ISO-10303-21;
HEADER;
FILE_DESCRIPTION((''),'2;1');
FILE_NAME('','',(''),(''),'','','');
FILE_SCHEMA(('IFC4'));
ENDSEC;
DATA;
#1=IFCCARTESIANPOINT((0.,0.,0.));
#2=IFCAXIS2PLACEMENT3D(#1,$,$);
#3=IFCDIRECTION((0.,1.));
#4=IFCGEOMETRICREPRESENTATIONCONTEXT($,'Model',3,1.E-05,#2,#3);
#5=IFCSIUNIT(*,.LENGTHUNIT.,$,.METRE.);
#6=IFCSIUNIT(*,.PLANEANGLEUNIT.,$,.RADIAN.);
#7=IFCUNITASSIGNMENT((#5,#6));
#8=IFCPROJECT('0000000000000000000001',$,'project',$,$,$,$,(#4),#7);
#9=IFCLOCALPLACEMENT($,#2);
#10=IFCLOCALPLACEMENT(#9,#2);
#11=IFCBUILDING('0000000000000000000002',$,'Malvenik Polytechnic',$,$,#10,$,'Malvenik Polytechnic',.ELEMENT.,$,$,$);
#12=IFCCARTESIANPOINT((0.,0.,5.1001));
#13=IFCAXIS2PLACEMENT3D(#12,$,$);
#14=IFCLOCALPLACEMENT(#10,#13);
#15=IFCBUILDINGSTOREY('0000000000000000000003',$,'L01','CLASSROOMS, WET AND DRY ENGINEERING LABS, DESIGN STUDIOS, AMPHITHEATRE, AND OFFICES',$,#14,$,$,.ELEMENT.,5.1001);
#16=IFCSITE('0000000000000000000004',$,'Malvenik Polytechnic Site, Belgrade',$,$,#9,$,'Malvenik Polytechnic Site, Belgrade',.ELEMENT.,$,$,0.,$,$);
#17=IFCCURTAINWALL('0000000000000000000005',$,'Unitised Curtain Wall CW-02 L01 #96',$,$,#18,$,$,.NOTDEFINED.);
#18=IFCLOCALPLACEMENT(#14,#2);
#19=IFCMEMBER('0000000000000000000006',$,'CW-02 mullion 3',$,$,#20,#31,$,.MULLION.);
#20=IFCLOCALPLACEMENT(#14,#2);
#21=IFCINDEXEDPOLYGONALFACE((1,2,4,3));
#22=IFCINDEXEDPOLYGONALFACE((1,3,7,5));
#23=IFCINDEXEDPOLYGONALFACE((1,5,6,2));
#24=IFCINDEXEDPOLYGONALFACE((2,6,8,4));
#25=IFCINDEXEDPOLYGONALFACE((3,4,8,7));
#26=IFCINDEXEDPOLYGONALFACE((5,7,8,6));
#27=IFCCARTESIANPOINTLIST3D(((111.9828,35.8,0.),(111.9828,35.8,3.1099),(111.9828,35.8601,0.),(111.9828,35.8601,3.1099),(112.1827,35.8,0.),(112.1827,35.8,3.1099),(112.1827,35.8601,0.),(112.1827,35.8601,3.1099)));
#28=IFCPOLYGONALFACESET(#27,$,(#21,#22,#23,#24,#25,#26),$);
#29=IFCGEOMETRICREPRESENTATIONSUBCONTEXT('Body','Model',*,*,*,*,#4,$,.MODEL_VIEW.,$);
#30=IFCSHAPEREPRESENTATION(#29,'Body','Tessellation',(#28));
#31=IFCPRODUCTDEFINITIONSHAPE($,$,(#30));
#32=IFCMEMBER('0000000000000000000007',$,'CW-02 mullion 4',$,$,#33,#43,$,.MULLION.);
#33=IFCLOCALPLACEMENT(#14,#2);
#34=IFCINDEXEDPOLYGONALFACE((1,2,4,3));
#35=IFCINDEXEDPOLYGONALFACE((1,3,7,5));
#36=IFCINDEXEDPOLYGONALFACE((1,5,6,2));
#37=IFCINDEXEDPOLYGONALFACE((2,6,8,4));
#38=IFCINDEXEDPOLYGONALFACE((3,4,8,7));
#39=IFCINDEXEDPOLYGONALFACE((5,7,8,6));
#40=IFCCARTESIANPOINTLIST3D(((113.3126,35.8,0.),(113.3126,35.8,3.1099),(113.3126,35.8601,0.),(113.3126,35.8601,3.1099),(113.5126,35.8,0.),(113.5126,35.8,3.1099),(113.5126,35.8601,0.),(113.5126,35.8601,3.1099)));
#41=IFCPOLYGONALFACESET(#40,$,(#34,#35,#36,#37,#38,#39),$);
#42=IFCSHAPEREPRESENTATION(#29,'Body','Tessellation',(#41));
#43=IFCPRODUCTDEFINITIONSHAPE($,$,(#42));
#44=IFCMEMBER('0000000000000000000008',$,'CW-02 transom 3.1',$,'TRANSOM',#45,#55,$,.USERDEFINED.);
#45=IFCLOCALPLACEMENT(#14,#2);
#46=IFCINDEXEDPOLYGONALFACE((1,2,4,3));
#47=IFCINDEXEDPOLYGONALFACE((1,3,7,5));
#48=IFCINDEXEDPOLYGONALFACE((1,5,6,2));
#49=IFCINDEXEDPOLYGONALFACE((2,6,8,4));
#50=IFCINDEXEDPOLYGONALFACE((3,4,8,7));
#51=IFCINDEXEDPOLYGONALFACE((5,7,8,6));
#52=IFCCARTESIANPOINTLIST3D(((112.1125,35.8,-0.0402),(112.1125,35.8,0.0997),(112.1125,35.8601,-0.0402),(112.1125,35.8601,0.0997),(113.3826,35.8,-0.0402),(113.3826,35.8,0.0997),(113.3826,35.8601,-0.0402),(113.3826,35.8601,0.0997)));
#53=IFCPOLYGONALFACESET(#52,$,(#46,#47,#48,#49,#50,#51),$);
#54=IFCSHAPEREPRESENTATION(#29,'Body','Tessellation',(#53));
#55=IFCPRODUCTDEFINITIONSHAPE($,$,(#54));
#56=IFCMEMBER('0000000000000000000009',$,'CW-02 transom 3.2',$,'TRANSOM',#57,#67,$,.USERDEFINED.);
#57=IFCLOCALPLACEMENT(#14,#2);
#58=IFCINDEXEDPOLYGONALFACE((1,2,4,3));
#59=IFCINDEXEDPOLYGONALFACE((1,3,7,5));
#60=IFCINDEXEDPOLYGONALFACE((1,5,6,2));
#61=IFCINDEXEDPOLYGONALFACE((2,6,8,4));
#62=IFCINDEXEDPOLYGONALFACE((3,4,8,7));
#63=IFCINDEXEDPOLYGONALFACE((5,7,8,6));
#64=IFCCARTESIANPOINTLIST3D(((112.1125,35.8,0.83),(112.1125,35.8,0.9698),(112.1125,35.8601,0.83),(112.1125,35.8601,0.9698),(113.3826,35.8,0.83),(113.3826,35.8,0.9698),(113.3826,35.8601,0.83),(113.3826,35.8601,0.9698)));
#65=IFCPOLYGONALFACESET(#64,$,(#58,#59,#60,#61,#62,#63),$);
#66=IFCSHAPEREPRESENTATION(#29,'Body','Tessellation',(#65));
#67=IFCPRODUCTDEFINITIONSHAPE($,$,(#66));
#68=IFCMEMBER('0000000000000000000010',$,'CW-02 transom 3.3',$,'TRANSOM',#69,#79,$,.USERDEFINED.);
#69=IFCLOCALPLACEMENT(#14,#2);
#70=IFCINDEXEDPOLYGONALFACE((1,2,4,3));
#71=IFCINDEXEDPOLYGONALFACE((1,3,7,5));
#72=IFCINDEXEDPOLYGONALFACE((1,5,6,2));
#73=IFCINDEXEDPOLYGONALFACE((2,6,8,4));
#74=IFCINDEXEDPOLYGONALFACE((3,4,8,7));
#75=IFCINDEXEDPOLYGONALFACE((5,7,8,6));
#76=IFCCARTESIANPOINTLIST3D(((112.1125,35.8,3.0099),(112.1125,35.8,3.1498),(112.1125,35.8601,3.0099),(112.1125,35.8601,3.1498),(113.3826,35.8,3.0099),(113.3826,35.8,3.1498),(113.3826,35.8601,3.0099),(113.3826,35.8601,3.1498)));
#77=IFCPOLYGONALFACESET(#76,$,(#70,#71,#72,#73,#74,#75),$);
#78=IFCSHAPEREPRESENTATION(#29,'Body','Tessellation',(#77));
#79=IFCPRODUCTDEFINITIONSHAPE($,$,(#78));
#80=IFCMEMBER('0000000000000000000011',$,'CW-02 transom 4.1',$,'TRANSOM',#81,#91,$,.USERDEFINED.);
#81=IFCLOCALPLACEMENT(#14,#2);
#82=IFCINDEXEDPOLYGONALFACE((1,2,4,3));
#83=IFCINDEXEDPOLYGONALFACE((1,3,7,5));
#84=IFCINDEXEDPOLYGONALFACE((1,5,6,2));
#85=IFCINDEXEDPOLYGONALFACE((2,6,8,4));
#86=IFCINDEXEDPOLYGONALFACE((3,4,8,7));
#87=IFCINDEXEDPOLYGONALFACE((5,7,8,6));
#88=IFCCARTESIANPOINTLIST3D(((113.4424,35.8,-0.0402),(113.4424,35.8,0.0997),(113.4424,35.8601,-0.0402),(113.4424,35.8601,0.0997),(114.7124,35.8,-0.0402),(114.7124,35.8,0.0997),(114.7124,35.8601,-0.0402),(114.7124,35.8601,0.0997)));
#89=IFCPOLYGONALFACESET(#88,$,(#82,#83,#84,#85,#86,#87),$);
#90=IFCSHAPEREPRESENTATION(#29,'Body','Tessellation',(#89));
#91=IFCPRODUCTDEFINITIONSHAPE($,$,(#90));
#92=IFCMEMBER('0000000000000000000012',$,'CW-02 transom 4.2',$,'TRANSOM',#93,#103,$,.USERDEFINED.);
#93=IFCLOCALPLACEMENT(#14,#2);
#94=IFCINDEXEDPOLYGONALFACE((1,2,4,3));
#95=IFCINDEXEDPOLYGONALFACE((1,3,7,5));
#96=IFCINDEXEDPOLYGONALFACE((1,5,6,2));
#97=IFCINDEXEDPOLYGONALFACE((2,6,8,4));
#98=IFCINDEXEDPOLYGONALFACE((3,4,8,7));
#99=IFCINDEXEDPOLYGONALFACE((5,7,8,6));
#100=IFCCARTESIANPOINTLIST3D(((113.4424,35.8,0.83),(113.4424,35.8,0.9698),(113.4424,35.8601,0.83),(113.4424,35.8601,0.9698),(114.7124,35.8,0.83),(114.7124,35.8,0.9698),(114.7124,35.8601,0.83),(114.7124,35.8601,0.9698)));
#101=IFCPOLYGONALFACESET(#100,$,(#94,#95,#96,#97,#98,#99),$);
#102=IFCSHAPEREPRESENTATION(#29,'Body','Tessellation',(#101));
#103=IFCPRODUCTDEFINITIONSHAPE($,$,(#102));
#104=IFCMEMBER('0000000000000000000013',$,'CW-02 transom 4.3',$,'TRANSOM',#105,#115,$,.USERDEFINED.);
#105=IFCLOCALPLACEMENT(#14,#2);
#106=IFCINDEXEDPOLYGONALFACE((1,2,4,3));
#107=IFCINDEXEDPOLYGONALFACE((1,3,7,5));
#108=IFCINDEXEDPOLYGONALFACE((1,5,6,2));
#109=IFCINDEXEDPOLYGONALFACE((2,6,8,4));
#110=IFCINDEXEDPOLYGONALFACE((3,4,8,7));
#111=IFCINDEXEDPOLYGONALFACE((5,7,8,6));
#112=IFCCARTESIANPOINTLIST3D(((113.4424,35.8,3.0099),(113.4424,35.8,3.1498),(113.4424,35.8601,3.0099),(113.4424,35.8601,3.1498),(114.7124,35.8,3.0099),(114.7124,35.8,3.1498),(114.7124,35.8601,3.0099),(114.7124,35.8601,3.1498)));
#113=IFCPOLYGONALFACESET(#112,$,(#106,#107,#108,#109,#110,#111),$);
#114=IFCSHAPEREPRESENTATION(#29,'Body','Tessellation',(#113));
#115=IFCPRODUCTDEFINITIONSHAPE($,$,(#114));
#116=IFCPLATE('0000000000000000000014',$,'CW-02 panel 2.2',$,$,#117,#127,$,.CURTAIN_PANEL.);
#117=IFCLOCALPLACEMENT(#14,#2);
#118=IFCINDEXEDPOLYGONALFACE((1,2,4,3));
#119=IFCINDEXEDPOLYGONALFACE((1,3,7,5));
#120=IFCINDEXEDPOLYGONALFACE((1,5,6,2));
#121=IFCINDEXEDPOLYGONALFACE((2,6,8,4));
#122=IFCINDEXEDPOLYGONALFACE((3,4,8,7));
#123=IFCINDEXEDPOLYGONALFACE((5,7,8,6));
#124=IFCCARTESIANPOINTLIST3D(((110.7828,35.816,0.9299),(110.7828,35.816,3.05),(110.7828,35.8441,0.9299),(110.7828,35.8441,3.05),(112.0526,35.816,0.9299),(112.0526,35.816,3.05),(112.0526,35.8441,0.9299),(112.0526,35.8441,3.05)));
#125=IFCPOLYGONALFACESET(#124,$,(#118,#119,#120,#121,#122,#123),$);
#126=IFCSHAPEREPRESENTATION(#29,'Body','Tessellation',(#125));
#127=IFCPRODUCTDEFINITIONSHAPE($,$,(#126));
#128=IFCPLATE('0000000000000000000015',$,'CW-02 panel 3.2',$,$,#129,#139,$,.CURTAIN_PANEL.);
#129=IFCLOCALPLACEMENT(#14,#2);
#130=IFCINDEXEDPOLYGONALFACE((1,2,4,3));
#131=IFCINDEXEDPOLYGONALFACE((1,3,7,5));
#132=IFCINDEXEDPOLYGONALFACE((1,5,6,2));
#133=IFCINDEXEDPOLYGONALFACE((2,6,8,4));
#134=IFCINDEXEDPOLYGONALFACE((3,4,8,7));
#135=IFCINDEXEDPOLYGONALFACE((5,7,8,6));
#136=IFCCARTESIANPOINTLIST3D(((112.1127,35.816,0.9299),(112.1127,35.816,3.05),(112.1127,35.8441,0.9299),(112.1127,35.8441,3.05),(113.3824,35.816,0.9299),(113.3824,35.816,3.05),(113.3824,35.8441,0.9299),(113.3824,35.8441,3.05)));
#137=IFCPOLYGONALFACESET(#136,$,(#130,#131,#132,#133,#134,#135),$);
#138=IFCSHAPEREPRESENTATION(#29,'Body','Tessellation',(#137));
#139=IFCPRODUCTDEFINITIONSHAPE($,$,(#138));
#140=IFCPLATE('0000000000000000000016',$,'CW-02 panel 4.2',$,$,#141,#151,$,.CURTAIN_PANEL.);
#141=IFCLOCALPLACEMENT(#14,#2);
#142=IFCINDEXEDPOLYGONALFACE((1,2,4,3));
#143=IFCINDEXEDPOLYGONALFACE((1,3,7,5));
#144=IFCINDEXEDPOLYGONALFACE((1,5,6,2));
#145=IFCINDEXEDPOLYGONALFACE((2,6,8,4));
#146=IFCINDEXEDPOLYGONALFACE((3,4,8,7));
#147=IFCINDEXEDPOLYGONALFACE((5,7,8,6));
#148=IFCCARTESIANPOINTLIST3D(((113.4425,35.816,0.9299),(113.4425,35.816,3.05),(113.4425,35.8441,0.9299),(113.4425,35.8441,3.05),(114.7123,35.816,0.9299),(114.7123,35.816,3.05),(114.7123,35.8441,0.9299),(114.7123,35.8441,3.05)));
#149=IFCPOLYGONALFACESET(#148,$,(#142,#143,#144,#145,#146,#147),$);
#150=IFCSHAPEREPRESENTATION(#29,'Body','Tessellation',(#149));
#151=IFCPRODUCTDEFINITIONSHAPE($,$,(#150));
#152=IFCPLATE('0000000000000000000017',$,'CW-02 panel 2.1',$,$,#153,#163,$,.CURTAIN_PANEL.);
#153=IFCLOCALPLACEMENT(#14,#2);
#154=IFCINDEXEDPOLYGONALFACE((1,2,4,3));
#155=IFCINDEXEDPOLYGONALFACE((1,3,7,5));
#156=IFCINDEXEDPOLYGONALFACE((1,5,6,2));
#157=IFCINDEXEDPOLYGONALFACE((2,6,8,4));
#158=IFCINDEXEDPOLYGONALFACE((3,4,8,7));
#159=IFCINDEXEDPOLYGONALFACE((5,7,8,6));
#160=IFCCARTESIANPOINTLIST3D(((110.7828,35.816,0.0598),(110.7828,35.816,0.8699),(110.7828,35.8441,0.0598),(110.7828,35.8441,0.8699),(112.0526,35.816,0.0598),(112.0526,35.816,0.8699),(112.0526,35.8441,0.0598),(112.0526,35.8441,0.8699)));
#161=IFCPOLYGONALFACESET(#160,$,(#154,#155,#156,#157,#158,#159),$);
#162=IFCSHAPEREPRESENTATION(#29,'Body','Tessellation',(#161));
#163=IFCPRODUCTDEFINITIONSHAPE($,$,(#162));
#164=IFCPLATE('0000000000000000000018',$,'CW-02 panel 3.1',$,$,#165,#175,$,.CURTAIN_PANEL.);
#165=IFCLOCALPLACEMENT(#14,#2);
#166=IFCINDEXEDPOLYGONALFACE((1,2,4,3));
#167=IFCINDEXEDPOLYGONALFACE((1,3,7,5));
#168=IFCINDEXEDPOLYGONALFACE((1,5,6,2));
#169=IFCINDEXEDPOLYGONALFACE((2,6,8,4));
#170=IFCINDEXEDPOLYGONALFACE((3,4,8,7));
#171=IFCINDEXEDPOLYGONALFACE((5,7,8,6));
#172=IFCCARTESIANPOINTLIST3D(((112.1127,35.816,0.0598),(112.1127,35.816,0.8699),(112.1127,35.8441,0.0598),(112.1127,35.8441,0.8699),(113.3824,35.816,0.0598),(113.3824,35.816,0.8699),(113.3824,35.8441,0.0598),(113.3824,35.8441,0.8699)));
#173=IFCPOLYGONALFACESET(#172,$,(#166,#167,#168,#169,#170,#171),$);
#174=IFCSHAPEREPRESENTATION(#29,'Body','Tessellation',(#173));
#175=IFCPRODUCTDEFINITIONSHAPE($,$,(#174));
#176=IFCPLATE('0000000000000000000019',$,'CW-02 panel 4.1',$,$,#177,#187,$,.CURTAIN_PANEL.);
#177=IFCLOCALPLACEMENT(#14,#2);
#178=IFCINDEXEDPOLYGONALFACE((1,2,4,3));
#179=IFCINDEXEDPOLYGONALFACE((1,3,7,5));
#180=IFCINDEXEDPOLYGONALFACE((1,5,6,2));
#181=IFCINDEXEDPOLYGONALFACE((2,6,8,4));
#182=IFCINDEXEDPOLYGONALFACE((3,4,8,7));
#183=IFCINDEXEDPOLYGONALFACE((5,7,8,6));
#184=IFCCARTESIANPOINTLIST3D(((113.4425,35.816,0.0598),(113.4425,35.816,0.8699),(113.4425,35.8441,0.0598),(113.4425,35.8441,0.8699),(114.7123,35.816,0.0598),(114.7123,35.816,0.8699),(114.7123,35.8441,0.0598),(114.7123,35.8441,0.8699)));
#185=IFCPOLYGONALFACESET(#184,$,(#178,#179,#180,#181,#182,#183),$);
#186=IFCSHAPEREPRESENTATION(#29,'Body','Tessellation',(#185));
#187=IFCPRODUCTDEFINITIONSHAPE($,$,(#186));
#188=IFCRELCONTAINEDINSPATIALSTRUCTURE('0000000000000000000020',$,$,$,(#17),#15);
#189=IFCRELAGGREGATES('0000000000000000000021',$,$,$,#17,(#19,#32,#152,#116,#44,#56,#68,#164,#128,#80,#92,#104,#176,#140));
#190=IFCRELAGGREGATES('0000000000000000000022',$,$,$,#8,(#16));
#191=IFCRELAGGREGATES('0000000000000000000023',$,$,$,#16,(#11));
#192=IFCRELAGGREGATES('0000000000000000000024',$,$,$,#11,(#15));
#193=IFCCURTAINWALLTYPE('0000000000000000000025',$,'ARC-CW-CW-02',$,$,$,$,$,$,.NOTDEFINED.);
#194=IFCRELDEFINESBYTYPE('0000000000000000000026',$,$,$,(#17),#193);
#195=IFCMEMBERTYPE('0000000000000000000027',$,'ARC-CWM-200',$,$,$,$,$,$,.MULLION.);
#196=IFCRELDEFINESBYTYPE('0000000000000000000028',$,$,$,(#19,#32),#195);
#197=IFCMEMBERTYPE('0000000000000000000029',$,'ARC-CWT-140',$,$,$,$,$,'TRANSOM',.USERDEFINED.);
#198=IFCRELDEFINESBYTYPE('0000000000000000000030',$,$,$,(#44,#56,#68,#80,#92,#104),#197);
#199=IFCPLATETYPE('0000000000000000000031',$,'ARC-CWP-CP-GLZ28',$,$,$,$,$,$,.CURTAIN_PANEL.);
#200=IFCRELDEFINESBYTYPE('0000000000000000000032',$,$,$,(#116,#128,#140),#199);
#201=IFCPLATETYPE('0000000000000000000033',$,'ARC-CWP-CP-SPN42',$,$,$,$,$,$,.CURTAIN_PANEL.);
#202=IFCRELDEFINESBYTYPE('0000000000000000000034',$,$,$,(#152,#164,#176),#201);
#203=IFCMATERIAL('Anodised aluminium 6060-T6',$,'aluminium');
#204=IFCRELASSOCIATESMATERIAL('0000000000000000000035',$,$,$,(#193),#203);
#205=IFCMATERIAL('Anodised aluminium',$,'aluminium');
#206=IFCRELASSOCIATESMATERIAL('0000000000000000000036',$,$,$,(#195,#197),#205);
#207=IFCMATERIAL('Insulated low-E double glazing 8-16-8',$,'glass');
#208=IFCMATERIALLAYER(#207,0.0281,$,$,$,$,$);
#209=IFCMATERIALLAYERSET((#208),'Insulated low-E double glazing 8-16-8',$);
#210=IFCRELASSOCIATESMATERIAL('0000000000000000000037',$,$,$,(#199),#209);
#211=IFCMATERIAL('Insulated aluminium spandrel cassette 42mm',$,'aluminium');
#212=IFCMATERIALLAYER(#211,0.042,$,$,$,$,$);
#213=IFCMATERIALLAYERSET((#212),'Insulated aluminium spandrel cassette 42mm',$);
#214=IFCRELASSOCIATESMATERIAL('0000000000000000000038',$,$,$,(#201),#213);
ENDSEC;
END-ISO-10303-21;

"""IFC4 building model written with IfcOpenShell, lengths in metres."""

from ifc_helpers import new_model, si_unit, direction, frame, origin, origin_2d, place, context, subcontext, project, spatial, rectangle, extrude, material, layer, layer_set, material_profile, profile_set, type_object, element, aggregate, save


model = new_model("IFC4")

# Units and contexts
model_context = context("Model", 3, precision=1e-05, world=origin(), true_north=direction((0.0, 1.0)))
body_context = subcontext(model_context, "Body", "Model", "MODEL_VIEW")
ifc_project = project(units=[si_unit("LENGTHUNIT", "METRE"), si_unit("PLANEANGLEUNIT", "RADIAN")], contexts=[model_context])

# Site, building, storey
site_placement = place(None, origin())
site = spatial("IfcSite", under=ifc_project, at=site_placement, Name="Malvenik Polytechnic Site, Belgrade", LongName="Malvenik Polytechnic Site, Belgrade", CompositionType="ELEMENT", RefElevation=0.0)
building_placement = place(site_placement, origin())
building = spatial("IfcBuilding", under=site, at=building_placement, Name="Malvenik Polytechnic", LongName="Malvenik Polytechnic", CompositionType="ELEMENT")
storey_placement = place(building_placement, frame((0.0, 0.0, 5.1001)))
storey = spatial("IfcBuildingStorey", under=building, at=storey_placement, Name="L01", Description="CLASSROOMS, WET AND DRY ENGINEERING LABS, DESIGN STUDIOS, AMPHITHEATRE, AND OFFICES", CompositionType="ELEMENT", Elevation=5.1001)

# Curtain wall, members, plates
ifc_material_1 = material(Name="Anodised aluminium 6060-T6", Category="aluminium")
curtain_wall_type = type_object("IfcCurtainWallType", Name="ARC-CW-CW-02", PredefinedType="NOTDEFINED", material=ifc_material_1)
curtain_wall_placement = place(storey_placement, origin())
curtain_wall = element("IfcCurtainWall", 1, at=curtain_wall_placement, inside=storey, type_object=curtain_wall_type, Name="Unitised Curtain Wall CW-02 L01 #96", PredefinedType="NOTDEFINED")
ifc_material_2 = material(Name="Anodised aluminium", Category="aluminium")
ifc_material_profile_1 = material_profile(ifc_material_2, rectangle(XDim=0.0601, YDim=0.2, at=origin_2d()), Name="ALU MULLION 60x200")
ifc_profile_set_1 = profile_set([ifc_material_profile_1], Name="Anodised aluminium")
member_type_1 = type_object("IfcMemberType", Name="ARC-CWM-200", PredefinedType="MULLION", material=ifc_profile_set_1)
member_1_placement = place(storey_placement, frame((112.0828, 35.8301, 0.0), z_axis=(0.0, 0.0, 1.0), x_axis=(0.0, 1.0, 0.0)))
member_1 = element("IfcMember", 2, at=member_1_placement, type_object=member_type_1, Name="CW-02 mullion 3", PredefinedType="MULLION", context=body_context, shape_type="SweptSolid", body=[
    extrude(rectangle(XDim=0.0601, YDim=0.2, at=origin_2d()), origin(), (0.0, 0.0, 1.0), 3.1099),
])
member_2_placement = place(storey_placement, frame((113.4126, 35.8301, 0.0), z_axis=(0.0, 0.0, 1.0), x_axis=(0.0, 1.0, 0.0)))
member_2 = element("IfcMember", 3, at=member_2_placement, type_object=member_type_1, Name="CW-02 mullion 4", PredefinedType="MULLION", context=body_context, shape_type="SweptSolid", body=[
    extrude(rectangle(XDim=0.0601, YDim=0.2, at=origin_2d()), origin(), (0.0, 0.0, 1.0), 3.1099),
])
ifc_material_profile_2 = material_profile(ifc_material_2, rectangle(XDim=0.0601, YDim=0.1399, at=origin_2d()), Name="ALU TRANSOM 60x140")
ifc_profile_set_2 = profile_set([ifc_material_profile_2], Name="Anodised aluminium")
member_type_2 = type_object("IfcMemberType", Name="ARC-CWT-140", ElementType="TRANSOM", PredefinedType="USERDEFINED", material=ifc_profile_set_2)
member_3_placement = place(storey_placement, frame((112.1125, 35.8301, 0.0298), z_axis=(1.0, 0.0, 0.0), x_axis=(0.0, 1.0, 0.0)))
member_3 = element("IfcMember", 4, at=member_3_placement, type_object=member_type_2, Name="CW-02 transom 3.1", ObjectType="TRANSOM", PredefinedType="USERDEFINED", context=body_context, shape_type="SweptSolid", body=[
    extrude(rectangle(XDim=0.0601, YDim=0.1399, at=origin_2d()), origin(), (0.0, 0.0, 1.0), 1.27),
])
member_4_placement = place(storey_placement, frame((112.1125, 35.8301, 0.8999), z_axis=(1.0, 0.0, 0.0), x_axis=(0.0, 1.0, 0.0)))
member_4 = element("IfcMember", 5, at=member_4_placement, type_object=member_type_2, Name="CW-02 transom 3.2", ObjectType="TRANSOM", PredefinedType="USERDEFINED", context=body_context, shape_type="SweptSolid", body=[
    extrude(rectangle(XDim=0.0601, YDim=0.1399, at=origin_2d()), origin(), (0.0, 0.0, 1.0), 1.27),
])
member_5_placement = place(storey_placement, frame((112.1125, 35.8301, 3.0798), z_axis=(1.0, 0.0, 0.0), x_axis=(0.0, 1.0, 0.0)))
member_5 = element("IfcMember", 6, at=member_5_placement, type_object=member_type_2, Name="CW-02 transom 3.3", ObjectType="TRANSOM", PredefinedType="USERDEFINED", context=body_context, shape_type="SweptSolid", body=[
    extrude(rectangle(XDim=0.0601, YDim=0.1399, at=origin_2d()), origin(), (0.0, 0.0, 1.0), 1.27),
])
member_6_placement = place(storey_placement, frame((113.4424, 35.8301, 0.0298), z_axis=(1.0, 0.0, 0.0), x_axis=(0.0, 1.0, 0.0)))
member_6 = element("IfcMember", 7, at=member_6_placement, type_object=member_type_2, Name="CW-02 transom 4.1", ObjectType="TRANSOM", PredefinedType="USERDEFINED", context=body_context, shape_type="SweptSolid", body=[
    extrude(rectangle(XDim=0.0601, YDim=0.1399, at=origin_2d()), origin(), (0.0, 0.0, 1.0), 1.27),
])
member_7_placement = place(storey_placement, frame((113.4424, 35.8301, 0.8999), z_axis=(1.0, 0.0, 0.0), x_axis=(0.0, 1.0, 0.0)))
member_7 = element("IfcMember", 8, at=member_7_placement, type_object=member_type_2, Name="CW-02 transom 4.2", ObjectType="TRANSOM", PredefinedType="USERDEFINED", context=body_context, shape_type="SweptSolid", body=[
    extrude(rectangle(XDim=0.0601, YDim=0.1399, at=origin_2d()), origin(), (0.0, 0.0, 1.0), 1.27),
])
member_8_placement = place(storey_placement, frame((113.4424, 35.8301, 3.0798), z_axis=(1.0, 0.0, 0.0), x_axis=(0.0, 1.0, 0.0)))
member_8 = element("IfcMember", 9, at=member_8_placement, type_object=member_type_2, Name="CW-02 transom 4.3", ObjectType="TRANSOM", PredefinedType="USERDEFINED", context=body_context, shape_type="SweptSolid", body=[
    extrude(rectangle(XDim=0.0601, YDim=0.1399, at=origin_2d()), origin(), (0.0, 0.0, 1.0), 1.27),
])
ifc_material_3 = material(Name="Insulated low-E double glazing 8-16-8", Category="glass")
ifc_layer_1 = layer(ifc_material_3, 0.0281)
ifc_layer_set_1 = layer_set([ifc_layer_1], Name="Insulated low-E double glazing 8-16-8")
plate_type_1 = type_object("IfcPlateType", Name="ARC-CWP-CP-GLZ28", PredefinedType="CURTAIN_PANEL", material=ifc_layer_set_1)
plate_1_placement = place(storey_placement, frame((111.4177, 35.8301, 0.9299), z_axis=(0.0, 0.0, 1.0), x_axis=(1.0, 0.0, 0.0)))
plate_1 = element("IfcPlate", 10, at=plate_1_placement, type_object=plate_type_1, Name="CW-02 panel 2.2", PredefinedType="CURTAIN_PANEL", context=body_context, shape_type="SweptSolid", body=[
    extrude(rectangle(XDim=1.2698, YDim=0.0281, at=origin_2d()), origin(), (0.0, 0.0, 1.0), 2.1201),
])
plate_2_placement = place(storey_placement, frame((112.7476, 35.8301, 0.9299), z_axis=(0.0, 0.0, 1.0), x_axis=(1.0, 0.0, 0.0)))
plate_2 = element("IfcPlate", 11, at=plate_2_placement, type_object=plate_type_1, Name="CW-02 panel 3.2", PredefinedType="CURTAIN_PANEL", context=body_context, shape_type="SweptSolid", body=[
    extrude(rectangle(XDim=1.2698, YDim=0.0281, at=origin_2d()), origin(), (0.0, 0.0, 1.0), 2.1201),
])
plate_3_placement = place(storey_placement, frame((114.0774, 35.8301, 0.9299), z_axis=(0.0, 0.0, 1.0), x_axis=(1.0, 0.0, 0.0)))
plate_3 = element("IfcPlate", 12, at=plate_3_placement, type_object=plate_type_1, Name="CW-02 panel 4.2", PredefinedType="CURTAIN_PANEL", context=body_context, shape_type="SweptSolid", body=[
    extrude(rectangle(XDim=1.2698, YDim=0.0281, at=origin_2d()), origin(), (0.0, 0.0, 1.0), 2.1201),
])
ifc_material_4 = material(Name="Insulated aluminium spandrel cassette 42mm", Category="aluminium")
ifc_layer_2 = layer(ifc_material_4, 0.042)
ifc_layer_set_2 = layer_set([ifc_layer_2], Name="Insulated aluminium spandrel cassette 42mm")
plate_type_2 = type_object("IfcPlateType", Name="ARC-CWP-CP-SPN42", PredefinedType="CURTAIN_PANEL", material=ifc_layer_set_2)
plate_4_placement = place(storey_placement, frame((111.4177, 35.8301, 0.0598), z_axis=(0.0, 0.0, 1.0), x_axis=(1.0, 0.0, 0.0)))
plate_4 = element("IfcPlate", 13, at=plate_4_placement, type_object=plate_type_2, Name="CW-02 panel 2.1", PredefinedType="CURTAIN_PANEL", context=body_context, shape_type="SweptSolid", body=[
    extrude(rectangle(XDim=1.2698, YDim=0.0281, at=origin_2d()), origin(), (0.0, 0.0, 1.0), 0.8101),
])
plate_5_placement = place(storey_placement, frame((112.7476, 35.8301, 0.0598), z_axis=(0.0, 0.0, 1.0), x_axis=(1.0, 0.0, 0.0)))
plate_5 = element("IfcPlate", 14, at=plate_5_placement, type_object=plate_type_2, Name="CW-02 panel 3.1", PredefinedType="CURTAIN_PANEL", context=body_context, shape_type="SweptSolid", body=[
    extrude(rectangle(XDim=1.2698, YDim=0.0281, at=origin_2d()), origin(), (0.0, 0.0, 1.0), 0.8101),
])
plate_6_placement = place(storey_placement, frame((114.0774, 35.8301, 0.0598), z_axis=(0.0, 0.0, 1.0), x_axis=(1.0, 0.0, 0.0)))
plate_6 = element("IfcPlate", 15, at=plate_6_placement, type_object=plate_type_2, Name="CW-02 panel 4.1", PredefinedType="CURTAIN_PANEL", context=body_context, shape_type="SweptSolid", body=[
    extrude(rectangle(XDim=1.2698, YDim=0.0281, at=origin_2d()), origin(), (0.0, 0.0, 1.0), 0.8101),
])
aggregate(curtain_wall, [member_1, member_2, plate_4, plate_1, member_3, member_4, member_5, plate_5, plate_2, member_6, member_7, member_8, plate_6, plate_3])

save(model, "model.ifc")
